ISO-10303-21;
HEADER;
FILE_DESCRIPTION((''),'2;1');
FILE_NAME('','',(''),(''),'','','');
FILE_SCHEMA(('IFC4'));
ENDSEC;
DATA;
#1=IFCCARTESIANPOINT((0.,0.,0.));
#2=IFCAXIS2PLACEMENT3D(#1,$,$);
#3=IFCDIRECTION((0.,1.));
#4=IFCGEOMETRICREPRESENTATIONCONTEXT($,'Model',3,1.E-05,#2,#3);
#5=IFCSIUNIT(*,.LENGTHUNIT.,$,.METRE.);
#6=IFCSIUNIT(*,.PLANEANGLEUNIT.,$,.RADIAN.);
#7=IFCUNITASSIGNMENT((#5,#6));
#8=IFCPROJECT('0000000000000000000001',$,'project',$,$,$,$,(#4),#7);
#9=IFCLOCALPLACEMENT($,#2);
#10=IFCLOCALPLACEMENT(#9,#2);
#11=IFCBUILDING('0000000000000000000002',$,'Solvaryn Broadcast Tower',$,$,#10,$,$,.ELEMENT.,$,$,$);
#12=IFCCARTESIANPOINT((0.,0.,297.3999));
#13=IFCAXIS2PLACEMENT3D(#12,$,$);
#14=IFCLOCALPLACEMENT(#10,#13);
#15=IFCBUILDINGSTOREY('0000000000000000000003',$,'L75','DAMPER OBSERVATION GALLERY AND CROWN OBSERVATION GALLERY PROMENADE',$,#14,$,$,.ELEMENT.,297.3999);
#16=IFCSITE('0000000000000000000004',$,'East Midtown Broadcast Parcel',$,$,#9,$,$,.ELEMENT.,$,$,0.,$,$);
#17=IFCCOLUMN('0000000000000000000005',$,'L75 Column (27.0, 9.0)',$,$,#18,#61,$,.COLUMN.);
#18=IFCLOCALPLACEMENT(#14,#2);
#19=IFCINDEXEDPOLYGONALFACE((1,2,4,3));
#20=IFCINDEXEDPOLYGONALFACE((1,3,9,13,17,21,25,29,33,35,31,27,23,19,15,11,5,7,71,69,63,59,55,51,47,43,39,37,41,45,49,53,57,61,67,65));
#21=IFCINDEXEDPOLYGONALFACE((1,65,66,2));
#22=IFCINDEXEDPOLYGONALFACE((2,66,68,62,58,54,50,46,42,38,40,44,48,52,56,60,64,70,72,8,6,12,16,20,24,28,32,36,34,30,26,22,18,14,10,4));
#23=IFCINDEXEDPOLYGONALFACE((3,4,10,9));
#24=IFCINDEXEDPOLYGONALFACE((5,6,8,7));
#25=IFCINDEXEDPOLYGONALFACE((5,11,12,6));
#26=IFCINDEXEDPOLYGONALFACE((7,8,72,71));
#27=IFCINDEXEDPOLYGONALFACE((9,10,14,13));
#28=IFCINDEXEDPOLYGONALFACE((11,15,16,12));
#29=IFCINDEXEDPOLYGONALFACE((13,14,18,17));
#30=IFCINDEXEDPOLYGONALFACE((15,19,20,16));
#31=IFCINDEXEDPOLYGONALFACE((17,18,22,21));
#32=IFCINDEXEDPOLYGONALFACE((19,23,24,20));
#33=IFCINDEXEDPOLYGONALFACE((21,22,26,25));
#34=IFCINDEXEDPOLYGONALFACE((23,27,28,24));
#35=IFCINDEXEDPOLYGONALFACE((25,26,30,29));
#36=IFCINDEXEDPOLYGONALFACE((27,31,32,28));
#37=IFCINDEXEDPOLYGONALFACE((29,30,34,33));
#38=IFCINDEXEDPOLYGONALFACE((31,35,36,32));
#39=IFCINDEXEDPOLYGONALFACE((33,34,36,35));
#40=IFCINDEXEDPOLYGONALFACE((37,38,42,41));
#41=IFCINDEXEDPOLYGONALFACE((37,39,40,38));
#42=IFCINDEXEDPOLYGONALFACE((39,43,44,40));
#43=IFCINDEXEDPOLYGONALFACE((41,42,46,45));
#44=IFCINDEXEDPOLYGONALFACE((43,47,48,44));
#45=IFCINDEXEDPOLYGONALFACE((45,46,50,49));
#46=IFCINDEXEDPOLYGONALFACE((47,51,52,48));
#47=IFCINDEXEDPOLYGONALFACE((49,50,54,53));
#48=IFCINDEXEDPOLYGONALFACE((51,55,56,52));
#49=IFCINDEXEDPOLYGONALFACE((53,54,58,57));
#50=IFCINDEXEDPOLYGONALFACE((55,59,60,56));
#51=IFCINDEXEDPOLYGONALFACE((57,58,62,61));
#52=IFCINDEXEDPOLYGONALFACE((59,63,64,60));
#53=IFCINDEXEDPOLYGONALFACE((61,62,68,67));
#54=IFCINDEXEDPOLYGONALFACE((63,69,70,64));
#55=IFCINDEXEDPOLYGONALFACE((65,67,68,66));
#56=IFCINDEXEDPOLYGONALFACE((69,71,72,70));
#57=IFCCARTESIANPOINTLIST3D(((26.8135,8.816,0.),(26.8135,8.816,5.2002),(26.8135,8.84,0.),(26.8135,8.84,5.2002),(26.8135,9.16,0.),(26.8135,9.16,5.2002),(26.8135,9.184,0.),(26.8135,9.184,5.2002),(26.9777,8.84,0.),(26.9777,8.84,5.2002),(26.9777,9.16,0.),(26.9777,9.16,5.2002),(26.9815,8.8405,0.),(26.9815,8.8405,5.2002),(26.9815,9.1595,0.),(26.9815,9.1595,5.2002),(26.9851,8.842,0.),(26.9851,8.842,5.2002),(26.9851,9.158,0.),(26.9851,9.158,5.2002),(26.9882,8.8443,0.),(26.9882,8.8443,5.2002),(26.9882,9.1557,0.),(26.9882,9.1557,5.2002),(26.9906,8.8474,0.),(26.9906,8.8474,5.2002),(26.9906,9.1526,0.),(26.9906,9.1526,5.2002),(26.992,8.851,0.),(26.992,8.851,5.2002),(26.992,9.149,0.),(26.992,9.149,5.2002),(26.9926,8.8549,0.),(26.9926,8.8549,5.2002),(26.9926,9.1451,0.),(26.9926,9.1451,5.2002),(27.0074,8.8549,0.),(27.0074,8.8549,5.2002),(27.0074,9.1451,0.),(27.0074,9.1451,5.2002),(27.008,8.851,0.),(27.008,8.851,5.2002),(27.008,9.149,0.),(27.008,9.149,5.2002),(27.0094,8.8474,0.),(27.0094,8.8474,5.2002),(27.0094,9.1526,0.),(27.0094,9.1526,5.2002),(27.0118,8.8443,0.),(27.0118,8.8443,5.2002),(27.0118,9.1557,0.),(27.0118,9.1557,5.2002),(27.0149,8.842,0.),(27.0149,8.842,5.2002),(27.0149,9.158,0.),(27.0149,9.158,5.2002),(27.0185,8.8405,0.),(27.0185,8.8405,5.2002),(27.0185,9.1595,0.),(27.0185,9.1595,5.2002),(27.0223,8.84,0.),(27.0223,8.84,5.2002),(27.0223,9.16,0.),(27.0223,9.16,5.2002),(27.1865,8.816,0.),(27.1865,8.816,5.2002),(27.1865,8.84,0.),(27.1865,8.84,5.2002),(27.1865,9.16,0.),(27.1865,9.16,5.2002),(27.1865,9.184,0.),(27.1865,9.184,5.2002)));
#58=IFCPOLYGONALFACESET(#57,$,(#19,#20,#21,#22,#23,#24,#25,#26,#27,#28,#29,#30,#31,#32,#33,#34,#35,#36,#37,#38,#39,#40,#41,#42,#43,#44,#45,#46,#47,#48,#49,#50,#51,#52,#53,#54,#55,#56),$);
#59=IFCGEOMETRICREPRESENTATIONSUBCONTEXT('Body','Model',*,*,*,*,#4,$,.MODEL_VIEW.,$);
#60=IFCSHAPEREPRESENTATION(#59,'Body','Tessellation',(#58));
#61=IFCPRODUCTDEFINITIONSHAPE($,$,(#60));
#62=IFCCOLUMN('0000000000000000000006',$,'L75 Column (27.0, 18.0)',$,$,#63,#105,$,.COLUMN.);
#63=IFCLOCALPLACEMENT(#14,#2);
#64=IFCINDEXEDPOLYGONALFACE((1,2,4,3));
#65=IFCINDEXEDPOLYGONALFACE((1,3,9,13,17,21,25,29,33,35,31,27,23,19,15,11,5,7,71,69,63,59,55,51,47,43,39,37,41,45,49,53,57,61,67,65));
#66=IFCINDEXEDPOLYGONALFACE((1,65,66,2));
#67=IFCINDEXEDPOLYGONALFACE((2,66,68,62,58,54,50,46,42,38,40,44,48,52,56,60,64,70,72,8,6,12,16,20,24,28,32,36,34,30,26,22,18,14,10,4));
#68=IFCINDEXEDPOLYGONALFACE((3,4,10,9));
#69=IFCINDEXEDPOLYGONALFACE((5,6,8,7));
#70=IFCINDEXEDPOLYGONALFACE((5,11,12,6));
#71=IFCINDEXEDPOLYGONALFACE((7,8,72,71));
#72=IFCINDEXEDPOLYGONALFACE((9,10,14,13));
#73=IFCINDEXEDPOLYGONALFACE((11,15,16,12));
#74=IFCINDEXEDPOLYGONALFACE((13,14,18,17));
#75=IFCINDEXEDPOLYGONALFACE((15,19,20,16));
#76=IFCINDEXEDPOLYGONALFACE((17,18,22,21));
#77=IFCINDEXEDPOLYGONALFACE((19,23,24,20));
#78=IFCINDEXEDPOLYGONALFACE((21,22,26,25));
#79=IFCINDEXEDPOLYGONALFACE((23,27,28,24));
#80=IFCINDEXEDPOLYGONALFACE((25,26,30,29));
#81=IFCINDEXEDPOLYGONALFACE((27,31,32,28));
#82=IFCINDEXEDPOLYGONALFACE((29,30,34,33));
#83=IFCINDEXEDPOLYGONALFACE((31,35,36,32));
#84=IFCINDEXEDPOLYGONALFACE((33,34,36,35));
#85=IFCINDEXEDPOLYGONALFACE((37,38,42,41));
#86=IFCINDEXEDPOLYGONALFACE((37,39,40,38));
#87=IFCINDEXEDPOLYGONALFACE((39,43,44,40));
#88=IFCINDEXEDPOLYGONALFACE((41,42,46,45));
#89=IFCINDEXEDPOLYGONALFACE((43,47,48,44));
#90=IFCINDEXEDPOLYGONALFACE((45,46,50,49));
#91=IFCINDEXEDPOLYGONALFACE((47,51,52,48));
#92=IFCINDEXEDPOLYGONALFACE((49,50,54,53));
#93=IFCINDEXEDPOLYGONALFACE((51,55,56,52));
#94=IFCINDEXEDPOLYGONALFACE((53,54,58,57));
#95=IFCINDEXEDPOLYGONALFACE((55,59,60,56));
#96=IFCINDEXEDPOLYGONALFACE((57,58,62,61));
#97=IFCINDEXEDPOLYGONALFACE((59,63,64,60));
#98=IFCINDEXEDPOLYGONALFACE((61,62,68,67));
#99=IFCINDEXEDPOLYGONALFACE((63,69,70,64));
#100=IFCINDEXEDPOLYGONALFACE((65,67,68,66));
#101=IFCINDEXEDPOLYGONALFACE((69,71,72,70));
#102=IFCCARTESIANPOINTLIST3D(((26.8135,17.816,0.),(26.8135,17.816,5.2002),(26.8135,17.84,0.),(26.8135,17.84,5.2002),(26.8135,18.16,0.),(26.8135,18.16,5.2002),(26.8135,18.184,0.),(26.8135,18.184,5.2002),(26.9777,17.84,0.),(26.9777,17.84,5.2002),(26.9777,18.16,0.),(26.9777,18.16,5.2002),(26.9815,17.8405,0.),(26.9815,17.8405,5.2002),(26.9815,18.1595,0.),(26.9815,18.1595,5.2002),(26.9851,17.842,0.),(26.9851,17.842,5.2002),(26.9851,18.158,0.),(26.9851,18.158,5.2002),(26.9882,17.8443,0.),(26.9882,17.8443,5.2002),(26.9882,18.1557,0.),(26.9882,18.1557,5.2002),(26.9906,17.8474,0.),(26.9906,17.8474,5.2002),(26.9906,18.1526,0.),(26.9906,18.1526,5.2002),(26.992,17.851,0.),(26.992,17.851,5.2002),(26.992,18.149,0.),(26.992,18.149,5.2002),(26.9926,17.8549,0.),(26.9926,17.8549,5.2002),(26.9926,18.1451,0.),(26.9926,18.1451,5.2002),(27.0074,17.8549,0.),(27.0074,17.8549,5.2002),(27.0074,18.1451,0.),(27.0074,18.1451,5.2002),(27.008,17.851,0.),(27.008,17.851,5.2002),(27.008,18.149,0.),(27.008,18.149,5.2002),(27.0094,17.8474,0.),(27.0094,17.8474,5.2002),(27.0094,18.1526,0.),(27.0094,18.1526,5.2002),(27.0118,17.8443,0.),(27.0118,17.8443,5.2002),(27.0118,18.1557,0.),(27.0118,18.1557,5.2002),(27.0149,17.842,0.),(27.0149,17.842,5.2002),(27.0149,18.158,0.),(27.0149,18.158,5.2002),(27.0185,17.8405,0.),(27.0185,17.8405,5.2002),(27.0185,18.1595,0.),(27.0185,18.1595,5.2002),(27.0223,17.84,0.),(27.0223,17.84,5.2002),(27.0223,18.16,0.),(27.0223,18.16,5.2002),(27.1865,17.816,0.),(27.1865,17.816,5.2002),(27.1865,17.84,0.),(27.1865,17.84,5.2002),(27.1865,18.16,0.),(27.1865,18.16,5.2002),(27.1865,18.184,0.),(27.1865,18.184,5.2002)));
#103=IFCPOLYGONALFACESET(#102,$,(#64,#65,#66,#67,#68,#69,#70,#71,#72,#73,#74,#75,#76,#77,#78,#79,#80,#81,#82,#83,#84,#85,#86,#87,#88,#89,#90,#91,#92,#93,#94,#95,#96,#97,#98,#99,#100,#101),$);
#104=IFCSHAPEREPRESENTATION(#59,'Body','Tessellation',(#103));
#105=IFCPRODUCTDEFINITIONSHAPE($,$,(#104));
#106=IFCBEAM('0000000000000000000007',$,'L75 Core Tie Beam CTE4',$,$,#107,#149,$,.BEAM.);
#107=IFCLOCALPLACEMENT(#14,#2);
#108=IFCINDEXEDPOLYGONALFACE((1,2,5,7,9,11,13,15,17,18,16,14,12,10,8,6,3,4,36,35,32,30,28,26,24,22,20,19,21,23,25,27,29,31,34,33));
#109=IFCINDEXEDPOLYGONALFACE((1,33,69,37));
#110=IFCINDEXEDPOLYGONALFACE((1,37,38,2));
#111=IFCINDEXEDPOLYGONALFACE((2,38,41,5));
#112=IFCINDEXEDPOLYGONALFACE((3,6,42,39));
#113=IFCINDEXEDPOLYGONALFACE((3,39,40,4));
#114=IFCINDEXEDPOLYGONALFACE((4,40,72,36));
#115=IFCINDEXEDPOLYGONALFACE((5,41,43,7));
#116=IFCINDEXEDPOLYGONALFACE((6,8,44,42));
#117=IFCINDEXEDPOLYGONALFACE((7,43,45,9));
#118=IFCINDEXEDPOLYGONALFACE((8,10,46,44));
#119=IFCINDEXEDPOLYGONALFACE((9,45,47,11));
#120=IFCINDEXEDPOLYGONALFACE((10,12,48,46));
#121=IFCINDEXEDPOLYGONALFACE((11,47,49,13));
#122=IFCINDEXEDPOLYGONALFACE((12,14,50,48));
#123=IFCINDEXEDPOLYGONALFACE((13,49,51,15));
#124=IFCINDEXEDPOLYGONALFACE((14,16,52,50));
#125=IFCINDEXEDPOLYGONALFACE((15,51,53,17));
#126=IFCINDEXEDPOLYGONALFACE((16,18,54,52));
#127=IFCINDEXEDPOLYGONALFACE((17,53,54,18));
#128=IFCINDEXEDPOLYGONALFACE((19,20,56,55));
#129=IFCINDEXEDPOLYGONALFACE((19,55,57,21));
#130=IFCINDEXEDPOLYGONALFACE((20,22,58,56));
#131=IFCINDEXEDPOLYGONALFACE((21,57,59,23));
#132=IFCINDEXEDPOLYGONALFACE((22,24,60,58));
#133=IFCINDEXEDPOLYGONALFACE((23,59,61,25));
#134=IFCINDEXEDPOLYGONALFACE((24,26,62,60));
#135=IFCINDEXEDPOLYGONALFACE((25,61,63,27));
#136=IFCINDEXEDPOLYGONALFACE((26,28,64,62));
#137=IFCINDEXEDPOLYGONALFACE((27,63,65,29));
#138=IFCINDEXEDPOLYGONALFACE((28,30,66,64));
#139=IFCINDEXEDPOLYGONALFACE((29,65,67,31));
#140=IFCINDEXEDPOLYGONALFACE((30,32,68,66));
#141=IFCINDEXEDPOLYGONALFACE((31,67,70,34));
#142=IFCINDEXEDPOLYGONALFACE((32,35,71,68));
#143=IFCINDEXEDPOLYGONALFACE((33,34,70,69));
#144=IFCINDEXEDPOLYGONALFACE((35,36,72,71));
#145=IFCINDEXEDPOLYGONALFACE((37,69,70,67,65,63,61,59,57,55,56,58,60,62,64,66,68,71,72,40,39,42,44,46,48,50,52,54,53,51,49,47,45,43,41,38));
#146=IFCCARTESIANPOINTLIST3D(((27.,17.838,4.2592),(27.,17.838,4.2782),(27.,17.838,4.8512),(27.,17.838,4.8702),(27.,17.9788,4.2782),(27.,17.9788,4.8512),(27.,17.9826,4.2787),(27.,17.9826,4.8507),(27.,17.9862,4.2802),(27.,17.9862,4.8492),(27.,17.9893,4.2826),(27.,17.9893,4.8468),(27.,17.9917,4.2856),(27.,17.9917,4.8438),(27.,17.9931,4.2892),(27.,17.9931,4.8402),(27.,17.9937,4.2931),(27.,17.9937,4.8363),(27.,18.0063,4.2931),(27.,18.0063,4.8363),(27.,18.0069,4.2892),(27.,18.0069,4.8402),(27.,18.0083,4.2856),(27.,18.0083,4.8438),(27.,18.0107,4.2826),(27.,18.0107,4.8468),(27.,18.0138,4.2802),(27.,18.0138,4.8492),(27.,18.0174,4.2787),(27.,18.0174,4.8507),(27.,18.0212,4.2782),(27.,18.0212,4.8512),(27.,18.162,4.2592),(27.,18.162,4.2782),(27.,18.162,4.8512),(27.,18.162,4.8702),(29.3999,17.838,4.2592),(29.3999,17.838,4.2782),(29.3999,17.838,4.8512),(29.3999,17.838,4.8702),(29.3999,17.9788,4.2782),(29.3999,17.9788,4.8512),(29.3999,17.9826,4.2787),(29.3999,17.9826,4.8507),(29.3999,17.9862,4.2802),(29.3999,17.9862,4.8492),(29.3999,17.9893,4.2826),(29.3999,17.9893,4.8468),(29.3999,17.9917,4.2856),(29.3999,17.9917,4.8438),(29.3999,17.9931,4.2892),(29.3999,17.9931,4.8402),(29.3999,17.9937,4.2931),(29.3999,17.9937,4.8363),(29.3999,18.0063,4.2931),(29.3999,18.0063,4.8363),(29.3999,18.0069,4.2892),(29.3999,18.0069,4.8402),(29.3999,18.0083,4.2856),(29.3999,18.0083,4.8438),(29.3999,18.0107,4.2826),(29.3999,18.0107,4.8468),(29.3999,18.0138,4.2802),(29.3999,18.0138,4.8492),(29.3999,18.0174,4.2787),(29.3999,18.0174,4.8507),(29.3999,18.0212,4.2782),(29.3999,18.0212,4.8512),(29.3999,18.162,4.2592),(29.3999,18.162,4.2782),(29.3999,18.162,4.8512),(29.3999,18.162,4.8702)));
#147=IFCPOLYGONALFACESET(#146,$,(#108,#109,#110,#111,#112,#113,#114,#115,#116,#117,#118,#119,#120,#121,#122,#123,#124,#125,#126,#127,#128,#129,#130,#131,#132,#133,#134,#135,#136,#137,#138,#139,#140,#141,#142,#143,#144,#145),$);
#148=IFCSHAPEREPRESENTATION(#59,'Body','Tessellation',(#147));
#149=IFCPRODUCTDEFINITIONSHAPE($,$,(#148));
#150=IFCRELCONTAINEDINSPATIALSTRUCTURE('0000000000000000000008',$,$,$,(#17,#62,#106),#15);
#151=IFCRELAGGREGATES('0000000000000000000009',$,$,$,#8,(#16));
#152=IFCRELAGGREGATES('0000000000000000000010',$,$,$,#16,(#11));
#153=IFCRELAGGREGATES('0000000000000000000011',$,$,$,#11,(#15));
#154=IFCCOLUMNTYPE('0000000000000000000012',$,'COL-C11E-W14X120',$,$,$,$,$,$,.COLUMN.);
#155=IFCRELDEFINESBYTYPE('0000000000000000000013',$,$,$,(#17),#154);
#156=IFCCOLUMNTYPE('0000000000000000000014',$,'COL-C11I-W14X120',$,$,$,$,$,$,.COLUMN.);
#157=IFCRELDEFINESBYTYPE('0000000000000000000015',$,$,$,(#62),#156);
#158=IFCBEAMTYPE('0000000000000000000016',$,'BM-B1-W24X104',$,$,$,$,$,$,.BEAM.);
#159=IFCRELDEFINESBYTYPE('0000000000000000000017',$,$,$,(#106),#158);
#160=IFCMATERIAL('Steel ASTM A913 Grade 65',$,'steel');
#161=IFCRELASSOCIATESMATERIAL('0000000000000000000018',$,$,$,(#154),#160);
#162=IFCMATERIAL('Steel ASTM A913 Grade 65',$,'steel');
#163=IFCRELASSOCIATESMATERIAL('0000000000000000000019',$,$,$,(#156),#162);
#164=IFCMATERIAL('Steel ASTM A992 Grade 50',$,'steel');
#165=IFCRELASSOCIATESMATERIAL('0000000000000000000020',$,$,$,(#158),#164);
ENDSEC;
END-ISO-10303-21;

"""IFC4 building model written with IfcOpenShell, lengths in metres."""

from ifc_helpers import new_model, si_unit, direction, frame, origin, origin_2d, place, context, subcontext, project, spatial, i_section, extrude, material, material_profile, profile_set, type_object, element, save


model = new_model("IFC4")

# Units and contexts
model_context = context("Model", 3, precision=1e-05, world=origin(), true_north=direction((0.0, 1.0)))
body_context = subcontext(model_context, "Body", "Model", "MODEL_VIEW")
ifc_project = project(units=[si_unit("LENGTHUNIT", "METRE"), si_unit("PLANEANGLEUNIT", "RADIAN")], contexts=[model_context])

# Site, building, storey
site_placement = place(None, origin())
site = spatial("IfcSite", under=ifc_project, at=site_placement, Name="East Midtown Broadcast Parcel", CompositionType="ELEMENT", RefElevation=0.0)
building_placement = place(site_placement, origin())
building = spatial("IfcBuilding", under=site, at=building_placement, Name="Solvaryn Broadcast Tower", CompositionType="ELEMENT")
storey_placement = place(building_placement, frame((0.0, 0.0, 297.3999)))
storey = spatial("IfcBuildingStorey", under=building, at=storey_placement, Name="L75", Description="DAMPER OBSERVATION GALLERY AND CROWN OBSERVATION GALLERY PROMENADE", CompositionType="ELEMENT", Elevation=297.3999)

# Columns
ifc_material_1 = material(Name="Steel ASTM A913 Grade 65", Category="steel")
ifc_material_profile_1 = material_profile(ifc_material_1, i_section(OverallWidth=0.373, OverallDepth=0.3679, WebThickness=0.0149, FlangeThickness=0.0239, FilletRadius=0.0149, at=origin_2d()))
ifc_profile_set_1 = profile_set([ifc_material_profile_1], Name="Steel ASTM A913 Grade 65")
column_type_1 = type_object("IfcColumnType", Name="COL-C11E-W14X120", PredefinedType="COLUMN", material=ifc_profile_set_1)
column_1_placement = place(storey_placement, frame((27.0, 9.0, 0.0), z_axis=(0.0, 0.0, 1.0), x_axis=(1.0, 0.0, 0.0)))
element("IfcColumn", 1, at=column_1_placement, inside=storey, type_object=column_type_1, Name="L75 Column (27.0, 9.0)", PredefinedType="COLUMN", context=body_context, shape_type="SweptSolid", body=[
    extrude(i_section(OverallWidth=0.373, OverallDepth=0.3679, WebThickness=0.0149, FlangeThickness=0.0239, FilletRadius=0.0149, at=origin_2d()), origin(), (0.0, 0.0, 1.0), 5.2002),
])
ifc_material_2 = material(Name="Steel ASTM A913 Grade 65", Category="steel")
ifc_material_profile_2 = material_profile(ifc_material_2, i_section(OverallWidth=0.373, OverallDepth=0.3679, WebThickness=0.0149, FlangeThickness=0.0239, FilletRadius=0.0149, at=origin_2d()))
ifc_profile_set_2 = profile_set([ifc_material_profile_2], Name="Steel ASTM A913 Grade 65")
column_type_2 = type_object("IfcColumnType", Name="COL-C11I-W14X120", PredefinedType="COLUMN", material=ifc_profile_set_2)
column_2_placement = place(storey_placement, frame((27.0, 18.0, 0.0), z_axis=(0.0, 0.0, 1.0), x_axis=(1.0, 0.0, 0.0)))
element("IfcColumn", 2, at=column_2_placement, inside=storey, type_object=column_type_2, Name="L75 Column (27.0, 18.0)", PredefinedType="COLUMN", context=body_context, shape_type="SweptSolid", body=[
    extrude(i_section(OverallWidth=0.373, OverallDepth=0.3679, WebThickness=0.0149, FlangeThickness=0.0239, FilletRadius=0.0149, at=origin_2d()), origin(), (0.0, 0.0, 1.0), 5.2002),
])

# Beam
ifc_material_3 = material(Name="Steel ASTM A992 Grade 50", Category="steel")
ifc_material_profile_3 = material_profile(ifc_material_3, i_section(OverallWidth=0.324, OverallDepth=0.6111, WebThickness=0.0127, FlangeThickness=0.019, FilletRadius=0.0149, at=origin_2d()))
ifc_profile_set_3 = profile_set([ifc_material_profile_3], Name="Steel ASTM A992 Grade 50")
beam_type_1 = type_object("IfcBeamType", Name="BM-B1-W24X104", PredefinedType="BEAM", material=ifc_profile_set_3)
beam_1_placement = place(storey_placement, frame((27.0, 18.0, 4.5647), z_axis=(1.0, 0.0, 0.0), x_axis=(0.0, 1.0, 0.0)))
element("IfcBeam", 3, at=beam_1_placement, inside=storey, type_object=beam_type_1, Name="L75 Core Tie Beam CTE4", PredefinedType="BEAM", context=body_context, shape_type="SweptSolid", body=[
    extrude(i_section(OverallWidth=0.324, OverallDepth=0.6111, WebThickness=0.0127, FlangeThickness=0.019, FilletRadius=0.0149, at=origin_2d()), origin(), (0.0, 0.0, 1.0), 2.3999),
])

save(model, "model.ifc")
